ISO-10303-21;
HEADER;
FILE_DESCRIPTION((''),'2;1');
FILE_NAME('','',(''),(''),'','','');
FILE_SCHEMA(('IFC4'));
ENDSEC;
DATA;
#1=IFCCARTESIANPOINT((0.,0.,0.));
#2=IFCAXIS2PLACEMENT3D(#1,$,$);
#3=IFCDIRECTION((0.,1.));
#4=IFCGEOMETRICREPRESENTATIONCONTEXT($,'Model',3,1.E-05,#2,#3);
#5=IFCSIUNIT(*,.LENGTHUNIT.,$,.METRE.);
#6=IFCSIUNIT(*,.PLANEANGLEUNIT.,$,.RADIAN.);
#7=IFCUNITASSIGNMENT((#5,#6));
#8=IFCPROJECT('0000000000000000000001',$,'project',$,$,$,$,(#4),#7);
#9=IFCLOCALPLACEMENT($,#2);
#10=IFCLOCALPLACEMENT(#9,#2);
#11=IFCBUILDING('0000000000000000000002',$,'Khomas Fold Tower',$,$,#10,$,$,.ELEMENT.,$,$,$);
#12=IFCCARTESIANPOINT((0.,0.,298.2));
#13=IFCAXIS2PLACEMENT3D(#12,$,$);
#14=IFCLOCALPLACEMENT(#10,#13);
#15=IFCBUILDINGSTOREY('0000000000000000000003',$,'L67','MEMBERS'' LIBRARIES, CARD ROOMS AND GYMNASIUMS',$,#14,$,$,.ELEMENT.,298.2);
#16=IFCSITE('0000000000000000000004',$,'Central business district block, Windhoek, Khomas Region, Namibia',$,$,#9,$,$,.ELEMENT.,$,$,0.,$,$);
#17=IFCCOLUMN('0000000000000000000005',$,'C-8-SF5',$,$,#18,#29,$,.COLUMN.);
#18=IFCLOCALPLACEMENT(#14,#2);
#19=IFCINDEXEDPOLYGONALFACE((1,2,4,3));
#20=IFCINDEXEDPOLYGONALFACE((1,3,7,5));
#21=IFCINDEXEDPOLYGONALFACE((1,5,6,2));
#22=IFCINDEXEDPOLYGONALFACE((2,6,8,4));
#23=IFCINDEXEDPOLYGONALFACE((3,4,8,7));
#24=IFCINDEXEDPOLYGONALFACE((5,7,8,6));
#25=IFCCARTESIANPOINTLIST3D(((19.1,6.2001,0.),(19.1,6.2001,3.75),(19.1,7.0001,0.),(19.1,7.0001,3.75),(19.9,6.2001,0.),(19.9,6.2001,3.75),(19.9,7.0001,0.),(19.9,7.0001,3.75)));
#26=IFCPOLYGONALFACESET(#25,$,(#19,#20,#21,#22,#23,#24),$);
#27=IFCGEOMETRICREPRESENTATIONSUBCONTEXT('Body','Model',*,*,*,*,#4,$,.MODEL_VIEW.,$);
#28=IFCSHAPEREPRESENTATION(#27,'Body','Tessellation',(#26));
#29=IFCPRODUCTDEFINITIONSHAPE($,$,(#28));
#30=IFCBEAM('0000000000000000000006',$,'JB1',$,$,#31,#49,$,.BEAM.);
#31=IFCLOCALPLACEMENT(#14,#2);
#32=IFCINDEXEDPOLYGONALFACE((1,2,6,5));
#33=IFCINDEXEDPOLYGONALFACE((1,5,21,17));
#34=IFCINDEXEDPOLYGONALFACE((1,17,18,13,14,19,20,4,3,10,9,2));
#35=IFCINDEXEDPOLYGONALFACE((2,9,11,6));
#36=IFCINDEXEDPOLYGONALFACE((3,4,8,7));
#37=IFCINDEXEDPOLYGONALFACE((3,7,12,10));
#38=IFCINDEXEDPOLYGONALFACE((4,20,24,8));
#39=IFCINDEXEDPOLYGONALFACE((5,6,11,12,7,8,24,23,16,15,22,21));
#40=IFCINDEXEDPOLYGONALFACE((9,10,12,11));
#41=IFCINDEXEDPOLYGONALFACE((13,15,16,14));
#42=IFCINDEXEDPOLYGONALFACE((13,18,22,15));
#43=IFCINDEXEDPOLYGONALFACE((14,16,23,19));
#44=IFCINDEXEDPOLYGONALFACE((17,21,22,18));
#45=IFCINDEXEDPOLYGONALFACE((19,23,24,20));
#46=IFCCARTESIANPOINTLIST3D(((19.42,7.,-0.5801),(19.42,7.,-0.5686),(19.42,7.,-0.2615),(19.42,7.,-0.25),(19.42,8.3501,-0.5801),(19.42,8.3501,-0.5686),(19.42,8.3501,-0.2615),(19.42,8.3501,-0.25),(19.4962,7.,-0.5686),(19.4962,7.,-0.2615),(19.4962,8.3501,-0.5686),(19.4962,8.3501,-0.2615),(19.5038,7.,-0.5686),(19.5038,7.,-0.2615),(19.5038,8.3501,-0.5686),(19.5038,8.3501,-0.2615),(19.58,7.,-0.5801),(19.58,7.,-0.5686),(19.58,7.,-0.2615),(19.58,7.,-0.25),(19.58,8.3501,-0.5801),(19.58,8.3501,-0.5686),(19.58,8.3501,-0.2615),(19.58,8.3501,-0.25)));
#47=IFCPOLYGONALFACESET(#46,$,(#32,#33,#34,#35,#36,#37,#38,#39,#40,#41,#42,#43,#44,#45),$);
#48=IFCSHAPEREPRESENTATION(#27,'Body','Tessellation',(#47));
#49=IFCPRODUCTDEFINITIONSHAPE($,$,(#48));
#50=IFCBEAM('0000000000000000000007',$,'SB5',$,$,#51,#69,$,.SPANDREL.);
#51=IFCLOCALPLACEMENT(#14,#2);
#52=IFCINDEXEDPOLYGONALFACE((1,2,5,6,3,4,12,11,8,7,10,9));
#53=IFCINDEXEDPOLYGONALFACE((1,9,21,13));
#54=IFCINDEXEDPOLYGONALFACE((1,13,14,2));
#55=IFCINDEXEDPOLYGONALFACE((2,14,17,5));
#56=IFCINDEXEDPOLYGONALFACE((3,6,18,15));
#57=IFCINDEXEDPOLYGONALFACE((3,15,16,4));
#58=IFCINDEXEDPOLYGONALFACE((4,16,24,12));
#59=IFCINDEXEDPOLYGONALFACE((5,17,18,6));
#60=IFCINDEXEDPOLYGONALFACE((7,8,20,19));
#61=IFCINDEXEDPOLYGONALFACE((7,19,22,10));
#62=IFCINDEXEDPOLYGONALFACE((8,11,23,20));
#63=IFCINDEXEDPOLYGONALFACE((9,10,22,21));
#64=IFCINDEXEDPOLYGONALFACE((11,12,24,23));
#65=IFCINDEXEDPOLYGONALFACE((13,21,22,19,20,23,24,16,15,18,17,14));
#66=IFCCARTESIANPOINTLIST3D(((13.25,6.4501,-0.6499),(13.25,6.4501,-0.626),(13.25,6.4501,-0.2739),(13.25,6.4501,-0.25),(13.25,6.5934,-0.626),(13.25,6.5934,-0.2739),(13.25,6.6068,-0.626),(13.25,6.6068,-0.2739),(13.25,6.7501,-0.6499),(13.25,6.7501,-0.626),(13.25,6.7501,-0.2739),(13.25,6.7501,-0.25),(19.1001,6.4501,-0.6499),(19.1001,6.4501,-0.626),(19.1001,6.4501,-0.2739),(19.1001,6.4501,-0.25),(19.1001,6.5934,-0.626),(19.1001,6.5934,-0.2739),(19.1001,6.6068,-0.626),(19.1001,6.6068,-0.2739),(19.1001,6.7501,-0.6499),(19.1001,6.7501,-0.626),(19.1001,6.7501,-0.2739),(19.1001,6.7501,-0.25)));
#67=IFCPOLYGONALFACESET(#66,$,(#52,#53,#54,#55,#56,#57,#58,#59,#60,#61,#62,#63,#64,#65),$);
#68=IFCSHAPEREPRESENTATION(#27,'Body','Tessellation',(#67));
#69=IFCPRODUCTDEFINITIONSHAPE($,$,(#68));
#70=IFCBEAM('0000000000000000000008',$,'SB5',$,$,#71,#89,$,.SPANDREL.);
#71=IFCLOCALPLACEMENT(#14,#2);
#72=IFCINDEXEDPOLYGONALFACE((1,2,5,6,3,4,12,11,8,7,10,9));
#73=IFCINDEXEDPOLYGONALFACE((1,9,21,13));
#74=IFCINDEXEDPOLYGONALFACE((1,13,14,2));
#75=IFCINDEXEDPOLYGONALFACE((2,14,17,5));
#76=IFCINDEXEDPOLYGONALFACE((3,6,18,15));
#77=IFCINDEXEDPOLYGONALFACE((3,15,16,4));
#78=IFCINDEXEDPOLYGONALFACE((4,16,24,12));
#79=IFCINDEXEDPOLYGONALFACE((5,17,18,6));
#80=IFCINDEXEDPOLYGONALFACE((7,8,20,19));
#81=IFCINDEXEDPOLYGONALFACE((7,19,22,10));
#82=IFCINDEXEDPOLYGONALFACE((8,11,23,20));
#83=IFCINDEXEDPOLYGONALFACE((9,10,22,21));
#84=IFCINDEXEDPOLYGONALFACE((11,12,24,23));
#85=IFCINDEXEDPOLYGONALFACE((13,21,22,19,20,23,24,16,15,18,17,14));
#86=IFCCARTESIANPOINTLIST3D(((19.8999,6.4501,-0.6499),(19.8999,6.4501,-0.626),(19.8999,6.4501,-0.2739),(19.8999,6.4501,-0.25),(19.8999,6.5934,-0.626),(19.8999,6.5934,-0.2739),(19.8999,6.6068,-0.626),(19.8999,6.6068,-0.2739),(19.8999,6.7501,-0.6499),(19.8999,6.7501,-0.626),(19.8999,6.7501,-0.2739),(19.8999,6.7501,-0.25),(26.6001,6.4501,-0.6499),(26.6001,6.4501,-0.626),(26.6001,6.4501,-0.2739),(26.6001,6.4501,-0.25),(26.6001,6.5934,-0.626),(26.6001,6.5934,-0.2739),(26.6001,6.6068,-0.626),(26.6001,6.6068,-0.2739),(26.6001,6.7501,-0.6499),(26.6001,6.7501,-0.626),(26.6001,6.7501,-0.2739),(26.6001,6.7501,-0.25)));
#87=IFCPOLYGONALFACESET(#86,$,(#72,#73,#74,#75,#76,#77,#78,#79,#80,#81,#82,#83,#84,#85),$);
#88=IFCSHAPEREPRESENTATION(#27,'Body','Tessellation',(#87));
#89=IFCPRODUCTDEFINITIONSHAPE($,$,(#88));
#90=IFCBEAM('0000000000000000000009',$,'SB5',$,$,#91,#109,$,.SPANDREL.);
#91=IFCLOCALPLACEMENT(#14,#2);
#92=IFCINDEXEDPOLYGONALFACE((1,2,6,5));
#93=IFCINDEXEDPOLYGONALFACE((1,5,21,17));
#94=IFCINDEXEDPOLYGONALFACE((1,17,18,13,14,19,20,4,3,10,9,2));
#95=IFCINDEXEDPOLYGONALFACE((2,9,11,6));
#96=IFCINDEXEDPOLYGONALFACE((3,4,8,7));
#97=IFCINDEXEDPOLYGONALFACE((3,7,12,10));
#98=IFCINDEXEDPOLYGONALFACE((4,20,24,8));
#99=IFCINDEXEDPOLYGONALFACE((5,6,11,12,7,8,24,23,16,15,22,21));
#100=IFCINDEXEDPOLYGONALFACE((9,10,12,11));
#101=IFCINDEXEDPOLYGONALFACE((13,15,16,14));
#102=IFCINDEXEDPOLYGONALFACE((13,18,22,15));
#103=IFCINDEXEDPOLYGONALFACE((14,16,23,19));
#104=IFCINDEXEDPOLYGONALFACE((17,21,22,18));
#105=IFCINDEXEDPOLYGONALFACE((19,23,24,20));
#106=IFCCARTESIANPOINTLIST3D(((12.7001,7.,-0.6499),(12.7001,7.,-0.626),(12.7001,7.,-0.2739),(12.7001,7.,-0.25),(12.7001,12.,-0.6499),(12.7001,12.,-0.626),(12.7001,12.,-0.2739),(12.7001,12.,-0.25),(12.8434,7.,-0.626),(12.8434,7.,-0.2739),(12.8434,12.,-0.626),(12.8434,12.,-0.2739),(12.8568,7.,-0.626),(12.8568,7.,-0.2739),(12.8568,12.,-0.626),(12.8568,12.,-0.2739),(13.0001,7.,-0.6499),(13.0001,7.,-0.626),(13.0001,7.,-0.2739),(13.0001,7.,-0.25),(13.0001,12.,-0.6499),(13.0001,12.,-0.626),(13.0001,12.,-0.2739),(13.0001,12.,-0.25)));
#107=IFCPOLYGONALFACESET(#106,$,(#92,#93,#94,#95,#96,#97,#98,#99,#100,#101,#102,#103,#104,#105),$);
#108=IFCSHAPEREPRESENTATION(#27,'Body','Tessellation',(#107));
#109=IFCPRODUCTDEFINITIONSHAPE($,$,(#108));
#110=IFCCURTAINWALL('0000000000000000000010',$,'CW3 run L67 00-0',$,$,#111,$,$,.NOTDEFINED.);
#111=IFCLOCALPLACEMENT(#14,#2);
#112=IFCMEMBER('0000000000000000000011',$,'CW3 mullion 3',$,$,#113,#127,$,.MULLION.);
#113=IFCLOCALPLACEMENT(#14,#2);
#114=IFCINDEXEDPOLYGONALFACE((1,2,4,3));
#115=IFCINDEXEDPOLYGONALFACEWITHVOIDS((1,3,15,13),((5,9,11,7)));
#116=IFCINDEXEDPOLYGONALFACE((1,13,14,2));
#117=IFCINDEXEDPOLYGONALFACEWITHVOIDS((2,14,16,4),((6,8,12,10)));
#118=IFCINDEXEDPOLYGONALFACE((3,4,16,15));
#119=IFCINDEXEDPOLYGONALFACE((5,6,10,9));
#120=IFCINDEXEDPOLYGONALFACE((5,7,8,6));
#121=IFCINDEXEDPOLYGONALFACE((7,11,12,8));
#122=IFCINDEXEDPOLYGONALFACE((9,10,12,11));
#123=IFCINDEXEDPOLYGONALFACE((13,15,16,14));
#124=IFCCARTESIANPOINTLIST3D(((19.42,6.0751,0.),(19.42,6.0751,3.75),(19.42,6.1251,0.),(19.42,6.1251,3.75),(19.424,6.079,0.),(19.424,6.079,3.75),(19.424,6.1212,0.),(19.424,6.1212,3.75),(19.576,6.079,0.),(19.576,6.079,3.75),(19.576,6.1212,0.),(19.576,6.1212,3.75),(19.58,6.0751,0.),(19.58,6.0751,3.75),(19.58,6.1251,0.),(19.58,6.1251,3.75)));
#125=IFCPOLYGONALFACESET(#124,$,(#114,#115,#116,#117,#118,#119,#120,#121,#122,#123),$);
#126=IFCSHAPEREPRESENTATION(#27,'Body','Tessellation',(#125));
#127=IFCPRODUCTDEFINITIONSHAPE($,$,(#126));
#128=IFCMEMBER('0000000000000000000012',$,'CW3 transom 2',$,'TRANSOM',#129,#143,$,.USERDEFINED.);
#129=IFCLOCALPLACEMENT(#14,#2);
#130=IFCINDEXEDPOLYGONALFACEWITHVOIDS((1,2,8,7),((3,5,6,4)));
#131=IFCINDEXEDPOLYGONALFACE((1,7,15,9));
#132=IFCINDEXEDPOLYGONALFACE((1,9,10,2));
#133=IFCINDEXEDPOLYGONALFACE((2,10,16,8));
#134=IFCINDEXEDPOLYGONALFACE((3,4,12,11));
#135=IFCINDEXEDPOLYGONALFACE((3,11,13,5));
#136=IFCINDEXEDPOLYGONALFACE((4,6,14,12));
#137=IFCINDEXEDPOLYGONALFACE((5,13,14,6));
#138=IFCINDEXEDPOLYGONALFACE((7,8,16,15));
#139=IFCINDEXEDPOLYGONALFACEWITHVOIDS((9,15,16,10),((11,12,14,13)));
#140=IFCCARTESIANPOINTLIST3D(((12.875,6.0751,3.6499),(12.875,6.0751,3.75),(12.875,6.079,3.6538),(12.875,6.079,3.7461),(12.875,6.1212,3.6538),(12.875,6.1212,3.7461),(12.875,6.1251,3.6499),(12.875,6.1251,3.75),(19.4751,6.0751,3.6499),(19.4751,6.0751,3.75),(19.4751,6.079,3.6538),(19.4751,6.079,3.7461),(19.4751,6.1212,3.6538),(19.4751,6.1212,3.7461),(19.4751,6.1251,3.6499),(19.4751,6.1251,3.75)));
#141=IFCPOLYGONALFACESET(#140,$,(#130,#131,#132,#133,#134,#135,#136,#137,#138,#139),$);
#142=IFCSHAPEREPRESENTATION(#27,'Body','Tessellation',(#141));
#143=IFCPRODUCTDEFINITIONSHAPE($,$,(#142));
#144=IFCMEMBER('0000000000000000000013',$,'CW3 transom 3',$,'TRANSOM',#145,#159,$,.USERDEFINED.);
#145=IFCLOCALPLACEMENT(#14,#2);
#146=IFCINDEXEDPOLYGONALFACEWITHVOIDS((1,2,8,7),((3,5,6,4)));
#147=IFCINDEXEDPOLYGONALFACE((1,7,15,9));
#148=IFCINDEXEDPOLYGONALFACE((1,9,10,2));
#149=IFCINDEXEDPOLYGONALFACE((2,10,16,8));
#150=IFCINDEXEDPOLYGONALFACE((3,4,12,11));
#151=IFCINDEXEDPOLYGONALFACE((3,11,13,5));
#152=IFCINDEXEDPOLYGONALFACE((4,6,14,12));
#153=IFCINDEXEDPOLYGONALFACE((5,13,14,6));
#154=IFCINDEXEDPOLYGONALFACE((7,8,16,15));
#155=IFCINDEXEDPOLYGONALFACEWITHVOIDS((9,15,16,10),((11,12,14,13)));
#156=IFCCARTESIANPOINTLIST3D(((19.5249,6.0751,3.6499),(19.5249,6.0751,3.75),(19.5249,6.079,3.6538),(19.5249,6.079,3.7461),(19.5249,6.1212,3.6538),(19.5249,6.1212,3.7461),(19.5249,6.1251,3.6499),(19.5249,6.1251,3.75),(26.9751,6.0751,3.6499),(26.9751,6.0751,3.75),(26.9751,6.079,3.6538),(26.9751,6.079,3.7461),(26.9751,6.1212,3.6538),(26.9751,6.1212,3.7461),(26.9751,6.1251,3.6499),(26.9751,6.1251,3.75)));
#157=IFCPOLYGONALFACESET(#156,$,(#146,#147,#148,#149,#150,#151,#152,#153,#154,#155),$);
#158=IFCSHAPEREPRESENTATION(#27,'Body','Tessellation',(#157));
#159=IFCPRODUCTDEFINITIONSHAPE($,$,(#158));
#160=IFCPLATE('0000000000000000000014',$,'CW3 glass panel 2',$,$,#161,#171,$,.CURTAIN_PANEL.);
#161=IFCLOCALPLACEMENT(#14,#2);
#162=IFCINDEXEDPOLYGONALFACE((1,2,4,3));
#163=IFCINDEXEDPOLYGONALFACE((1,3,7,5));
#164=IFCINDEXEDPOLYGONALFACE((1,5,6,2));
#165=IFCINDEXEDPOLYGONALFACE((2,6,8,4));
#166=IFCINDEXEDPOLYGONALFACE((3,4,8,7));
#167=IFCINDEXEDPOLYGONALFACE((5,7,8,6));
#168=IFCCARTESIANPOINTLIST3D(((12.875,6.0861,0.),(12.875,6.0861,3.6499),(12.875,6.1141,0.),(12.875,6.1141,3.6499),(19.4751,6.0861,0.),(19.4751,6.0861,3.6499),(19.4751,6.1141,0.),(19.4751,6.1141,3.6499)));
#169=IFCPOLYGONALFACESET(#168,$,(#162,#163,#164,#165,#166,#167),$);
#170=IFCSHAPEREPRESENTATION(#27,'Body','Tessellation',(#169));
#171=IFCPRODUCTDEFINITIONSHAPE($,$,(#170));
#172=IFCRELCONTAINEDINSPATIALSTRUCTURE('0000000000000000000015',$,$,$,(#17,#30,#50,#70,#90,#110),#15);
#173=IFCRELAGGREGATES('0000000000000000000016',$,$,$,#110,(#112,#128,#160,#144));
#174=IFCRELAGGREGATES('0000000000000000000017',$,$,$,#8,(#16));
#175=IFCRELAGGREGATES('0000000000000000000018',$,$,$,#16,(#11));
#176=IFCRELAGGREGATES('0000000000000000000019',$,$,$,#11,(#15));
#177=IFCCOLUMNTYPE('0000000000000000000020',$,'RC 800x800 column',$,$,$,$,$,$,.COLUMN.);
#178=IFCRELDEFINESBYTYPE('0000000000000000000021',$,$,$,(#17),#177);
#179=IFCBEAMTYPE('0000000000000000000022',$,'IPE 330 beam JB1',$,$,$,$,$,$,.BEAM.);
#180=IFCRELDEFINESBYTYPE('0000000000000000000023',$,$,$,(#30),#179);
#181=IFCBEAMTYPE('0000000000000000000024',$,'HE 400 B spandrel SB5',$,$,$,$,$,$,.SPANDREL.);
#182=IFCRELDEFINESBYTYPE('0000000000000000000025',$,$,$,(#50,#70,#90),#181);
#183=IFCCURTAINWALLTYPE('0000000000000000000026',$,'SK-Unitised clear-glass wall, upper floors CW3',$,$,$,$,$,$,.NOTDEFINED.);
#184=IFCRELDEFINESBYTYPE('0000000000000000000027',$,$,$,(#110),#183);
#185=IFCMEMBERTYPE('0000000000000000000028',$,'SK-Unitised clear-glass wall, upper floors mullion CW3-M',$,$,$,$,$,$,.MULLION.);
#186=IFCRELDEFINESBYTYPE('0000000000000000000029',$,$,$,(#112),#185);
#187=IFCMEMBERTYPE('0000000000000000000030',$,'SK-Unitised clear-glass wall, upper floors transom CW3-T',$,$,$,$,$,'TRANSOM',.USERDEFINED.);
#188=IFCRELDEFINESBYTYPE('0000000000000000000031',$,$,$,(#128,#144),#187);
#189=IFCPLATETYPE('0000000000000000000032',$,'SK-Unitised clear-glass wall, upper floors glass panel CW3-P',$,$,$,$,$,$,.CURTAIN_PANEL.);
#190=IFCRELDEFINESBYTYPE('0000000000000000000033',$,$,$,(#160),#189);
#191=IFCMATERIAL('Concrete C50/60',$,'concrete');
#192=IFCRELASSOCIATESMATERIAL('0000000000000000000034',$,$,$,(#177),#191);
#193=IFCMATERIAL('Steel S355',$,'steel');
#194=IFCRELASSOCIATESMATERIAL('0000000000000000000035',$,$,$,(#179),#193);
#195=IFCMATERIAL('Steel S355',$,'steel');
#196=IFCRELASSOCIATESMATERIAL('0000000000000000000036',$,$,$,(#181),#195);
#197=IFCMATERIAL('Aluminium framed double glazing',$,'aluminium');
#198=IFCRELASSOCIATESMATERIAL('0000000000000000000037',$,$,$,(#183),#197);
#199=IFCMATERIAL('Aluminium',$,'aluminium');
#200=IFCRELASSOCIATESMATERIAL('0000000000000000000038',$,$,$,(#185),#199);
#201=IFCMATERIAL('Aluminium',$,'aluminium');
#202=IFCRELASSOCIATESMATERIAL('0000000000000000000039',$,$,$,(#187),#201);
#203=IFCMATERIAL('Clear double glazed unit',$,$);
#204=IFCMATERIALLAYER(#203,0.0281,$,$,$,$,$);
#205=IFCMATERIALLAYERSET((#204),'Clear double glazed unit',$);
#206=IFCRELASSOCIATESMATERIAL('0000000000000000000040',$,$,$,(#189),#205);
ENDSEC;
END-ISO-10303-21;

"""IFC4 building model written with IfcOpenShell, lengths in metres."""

from ifc_helpers import new_model, si_unit, direction, frame, origin, origin_2d, place, context, subcontext, project, spatial, rectangle, hollow_rectangle, i_section, extrude, source, transform, mapped, material, layer, layer_set, material_profile, profile_set, type_object, element, aggregate, save


model = new_model("IFC4")

# Units and contexts
model_context = context("Model", 3, precision=1e-05, world=origin(), true_north=direction((0.0, 1.0)))
body_context = subcontext(model_context, "Body", "Model", "MODEL_VIEW")
ifc_project = project(units=[si_unit("LENGTHUNIT", "METRE"), si_unit("PLANEANGLEUNIT", "RADIAN")], contexts=[model_context])

# Site, building, storey
site_placement = place(None, origin())
site = spatial("IfcSite", under=ifc_project, at=site_placement, Name="Central business district block, Windhoek, Khomas Region, Namibia", CompositionType="ELEMENT", RefElevation=0.0)
building_placement = place(site_placement, origin())
building = spatial("IfcBuilding", under=site, at=building_placement, Name="Khomas Fold Tower", CompositionType="ELEMENT")
storey_placement = place(building_placement, frame((0.0, 0.0, 298.2)))
storey = spatial("IfcBuildingStorey", under=building, at=storey_placement, Name="L67", Description="MEMBERS' LIBRARIES, CARD ROOMS AND GYMNASIUMS", CompositionType="ELEMENT", Elevation=298.2)

# Column
ifc_material_1 = material(Name="Concrete C50/60", Category="concrete")
ifc_material_profile_1 = material_profile(ifc_material_1, rectangle(XDim=0.8, YDim=0.8, at=origin_2d()), Name="RC 800x800")
ifc_profile_set_1 = profile_set([ifc_material_profile_1], Name="Concrete C50/60")
column_type = type_object("IfcColumnType", Name="RC 800x800 column", PredefinedType="COLUMN", material=ifc_profile_set_1)
shared_shape_1 = source(origin(), body_context, "Body", "SweptSolid", [
    extrude(rectangle(XDim=0.8, YDim=0.8, at=origin_2d()), origin(), (0.0, 0.0, 1.0), 3.75),
])
column_placement = place(storey_placement, frame((19.5, 6.6001, 0.0), z_axis=(0.0, 0.0, 1.0), x_axis=(1.0, 0.0, 0.0)))
element("IfcColumn", 1, at=column_placement, inside=storey, type_object=column_type, Name="C-8-SF5", PredefinedType="COLUMN", context=body_context, shape_type="MappedRepresentation", body=[
    mapped(shared_shape_1, transform((0.0, 0.0, 0.0))),
])

# Beams
ifc_material_2 = material(Name="Steel S355", Category="steel")
ifc_material_profile_2 = material_profile(ifc_material_2, i_section(OverallWidth=0.1599, OverallDepth=0.3301, WebThickness=0.0076, FlangeThickness=0.0115, at=origin_2d()), Name="IPE 330")
ifc_profile_set_2 = profile_set([ifc_material_profile_2], Name="Steel S355")
beam_type_1 = type_object("IfcBeamType", Name="IPE 330 beam JB1", PredefinedType="BEAM", material=ifc_profile_set_2)
shared_shape_2 = source(origin(), body_context, "Body", "SweptSolid", [
    extrude(i_section(OverallWidth=0.1599, OverallDepth=0.3301, WebThickness=0.0076, FlangeThickness=0.0115, at=origin_2d()), origin(), (0.0, 0.0, 1.0), 1.3501),
])
beam_1_placement = place(storey_placement, frame((19.5, 7.0, -0.415), z_axis=(0.0, 1.0, 0.0), x_axis=(-1.0, 0.0, 0.0)))
element("IfcBeam", 2, at=beam_1_placement, inside=storey, type_object=beam_type_1, Name="JB1", PredefinedType="BEAM", context=body_context, shape_type="MappedRepresentation", body=[
    mapped(shared_shape_2, transform((0.0, 0.0, 0.0))),
])
ifc_material_3 = material(Name="Steel S355", Category="steel")
ifc_material_profile_3 = material_profile(ifc_material_3, i_section(OverallWidth=0.3, OverallDepth=0.3999, WebThickness=0.0134, FlangeThickness=0.0239, at=origin_2d()), Name="HE 400 B")
ifc_profile_set_3 = profile_set([ifc_material_profile_3], Name="Steel S355")
beam_type_2 = type_object("IfcBeamType", Name="HE 400 B spandrel SB5", PredefinedType="SPANDREL", material=ifc_profile_set_3)
shared_shape_3 = source(origin(), body_context, "Body", "SweptSolid", [
    extrude(i_section(OverallWidth=0.3, OverallDepth=0.3999, WebThickness=0.0134, FlangeThickness=0.0239, at=origin_2d()), origin(), (0.0, 0.0, 1.0), 5.8501),
])
beam_2_placement = place(storey_placement, frame((13.25, 6.6001, -0.45), z_axis=(1.0, 0.0, 0.0), x_axis=(0.0, 1.0, 0.0)))
element("IfcBeam", 3, at=beam_2_placement, inside=storey, type_object=beam_type_2, Name="SB5", PredefinedType="SPANDREL", context=body_context, shape_type="MappedRepresentation", body=[
    mapped(shared_shape_3, transform((0.0, 0.0, 0.0))),
])
shared_shape_4 = source(origin(), body_context, "Body", "SweptSolid", [
    extrude(i_section(OverallWidth=0.3, OverallDepth=0.3999, WebThickness=0.0134, FlangeThickness=0.0239, at=origin_2d()), origin(), (0.0, 0.0, 1.0), 6.7002),
])
beam_3_placement = place(storey_placement, frame((19.8999, 6.6001, -0.45), z_axis=(1.0, 0.0, 0.0), x_axis=(0.0, 1.0, 0.0)))
element("IfcBeam", 4, at=beam_3_placement, inside=storey, type_object=beam_type_2, Name="SB5", PredefinedType="SPANDREL", context=body_context, shape_type="MappedRepresentation", body=[
    mapped(shared_shape_4, transform((0.0, 0.0, 0.0))),
])
shared_shape_5 = source(origin(), body_context, "Body", "SweptSolid", [
    extrude(i_section(OverallWidth=0.3, OverallDepth=0.3999, WebThickness=0.0134, FlangeThickness=0.0239, at=origin_2d()), origin(), (0.0, 0.0, 1.0), 5.0),
])
beam_4_placement = place(storey_placement, frame((12.8501, 7.0, -0.45), z_axis=(0.0, 1.0, 0.0), x_axis=(-1.0, 0.0, 0.0)))
element("IfcBeam", 5, at=beam_4_placement, inside=storey, type_object=beam_type_2, Name="SB5", PredefinedType="SPANDREL", context=body_context, shape_type="MappedRepresentation", body=[
    mapped(shared_shape_5, transform((0.0, 0.0, 0.0))),
])

# Curtain wall, members, plate
ifc_material_4 = material(Name="Aluminium framed double glazing", Category="aluminium")
curtain_wall_type = type_object("IfcCurtainWallType", Name="SK-Unitised clear-glass wall, upper floors CW3", PredefinedType="NOTDEFINED", material=ifc_material_4)
curtain_wall_placement = place(storey_placement, origin())
curtain_wall = element("IfcCurtainWall", 6, at=curtain_wall_placement, inside=storey, type_object=curtain_wall_type, Name="CW3 run L67 00-0", PredefinedType="NOTDEFINED")
ifc_material_5 = material(Name="Aluminium", Category="aluminium")
ifc_material_profile_4 = material_profile(ifc_material_5, hollow_rectangle(XDim=0.05, YDim=0.1599, WallThickness=0.0039, at=origin_2d()), Name="SK-Unitised clear-glass wall, upper floors mullion CW3-M")
ifc_profile_set_4 = profile_set([ifc_material_profile_4], Name="Aluminium")
member_type_1 = type_object("IfcMemberType", Name="SK-Unitised clear-glass wall, upper floors mullion CW3-M", PredefinedType="MULLION", material=ifc_profile_set_4)
shared_shape_6 = source(origin(), body_context, "Body", "SweptSolid", [
    extrude(hollow_rectangle(XDim=0.05, YDim=0.1599, WallThickness=0.0039, at=origin_2d()), origin(), (0.0, 0.0, 1.0), 3.75),
])
member_1_placement = place(storey_placement, frame((19.5, 6.1001, 0.0), z_axis=(0.0, 0.0, 1.0), x_axis=(0.0, 1.0, 0.0)))
member_1 = element("IfcMember", 7, at=member_1_placement, type_object=member_type_1, Name="CW3 mullion 3", PredefinedType="MULLION", context=body_context, shape_type="MappedRepresentation", body=[
    mapped(shared_shape_6, transform((0.0, 0.0, 0.0))),
])
ifc_material_6 = material(Name="Aluminium", Category="aluminium")
ifc_material_profile_5 = material_profile(ifc_material_6, hollow_rectangle(XDim=0.05, YDim=0.1001, WallThickness=0.0039, at=origin_2d()), Name="SK-Unitised clear-glass wall, upper floors transom CW3-T")
ifc_profile_set_5 = profile_set([ifc_material_profile_5], Name="Aluminium")
member_type_2 = type_object("IfcMemberType", Name="SK-Unitised clear-glass wall, upper floors transom CW3-T", ElementType="TRANSOM", PredefinedType="USERDEFINED", material=ifc_profile_set_5)
shared_shape_7 = source(origin(), body_context, "Body", "SweptSolid", [
    extrude(hollow_rectangle(XDim=0.05, YDim=0.1001, WallThickness=0.0039, at=origin_2d()), origin(), (0.0, 0.0, 1.0), 6.6001),
])
member_2_placement = place(storey_placement, frame((12.875, 6.1001, 3.7), z_axis=(1.0, 0.0, 0.0), x_axis=(0.0, 1.0, 0.0)))
member_2 = element("IfcMember", 8, at=member_2_placement, type_object=member_type_2, Name="CW3 transom 2", ObjectType="TRANSOM", PredefinedType="USERDEFINED", context=body_context, shape_type="MappedRepresentation", body=[
    mapped(shared_shape_7, transform((0.0, 0.0, 0.0))),
])
shared_shape_8 = source(origin(), body_context, "Body", "SweptSolid", [
    extrude(hollow_rectangle(XDim=0.05, YDim=0.1001, WallThickness=0.0039, at=origin_2d()), origin(), (0.0, 0.0, 1.0), 7.4502),
])
member_3_placement = place(storey_placement, frame((19.5249, 6.1001, 3.7), z_axis=(1.0, 0.0, 0.0), x_axis=(0.0, 1.0, 0.0)))
member_3 = element("IfcMember", 9, at=member_3_placement, type_object=member_type_2, Name="CW3 transom 3", ObjectType="TRANSOM", PredefinedType="USERDEFINED", context=body_context, shape_type="MappedRepresentation", body=[
    mapped(shared_shape_8, transform((0.0, 0.0, 0.0))),
])
ifc_material_7 = material(Name="Clear double glazed unit")
ifc_layer_1 = layer(ifc_material_7, 0.0281)
ifc_layer_set_1 = layer_set([ifc_layer_1], Name="Clear double glazed unit")
plate_type = type_object("IfcPlateType", Name="SK-Unitised clear-glass wall, upper floors glass panel CW3-P", PredefinedType="CURTAIN_PANEL", material=ifc_layer_set_1)
shared_shape_9 = source(origin(), body_context, "Body", "SweptSolid", [
    extrude(rectangle(XDim=6.6001, YDim=0.0281, at=origin_2d()), origin(), (0.0, 0.0, 1.0), 3.6499),
])
plate_1_placement = place(storey_placement, frame((16.175, 6.1001, 0.0), z_axis=(0.0, 0.0, 1.0), x_axis=(1.0, 0.0, 0.0)))
plate_1 = element("IfcPlate", 10, at=plate_1_placement, type_object=plate_type, Name="CW3 glass panel 2", PredefinedType="CURTAIN_PANEL", context=body_context, shape_type="MappedRepresentation", body=[
    mapped(shared_shape_9, transform((0.0, 0.0, 0.0))),
])
aggregate(curtain_wall, [member_1, member_2, plate_1, member_3])

save(model, "model.ifc")
